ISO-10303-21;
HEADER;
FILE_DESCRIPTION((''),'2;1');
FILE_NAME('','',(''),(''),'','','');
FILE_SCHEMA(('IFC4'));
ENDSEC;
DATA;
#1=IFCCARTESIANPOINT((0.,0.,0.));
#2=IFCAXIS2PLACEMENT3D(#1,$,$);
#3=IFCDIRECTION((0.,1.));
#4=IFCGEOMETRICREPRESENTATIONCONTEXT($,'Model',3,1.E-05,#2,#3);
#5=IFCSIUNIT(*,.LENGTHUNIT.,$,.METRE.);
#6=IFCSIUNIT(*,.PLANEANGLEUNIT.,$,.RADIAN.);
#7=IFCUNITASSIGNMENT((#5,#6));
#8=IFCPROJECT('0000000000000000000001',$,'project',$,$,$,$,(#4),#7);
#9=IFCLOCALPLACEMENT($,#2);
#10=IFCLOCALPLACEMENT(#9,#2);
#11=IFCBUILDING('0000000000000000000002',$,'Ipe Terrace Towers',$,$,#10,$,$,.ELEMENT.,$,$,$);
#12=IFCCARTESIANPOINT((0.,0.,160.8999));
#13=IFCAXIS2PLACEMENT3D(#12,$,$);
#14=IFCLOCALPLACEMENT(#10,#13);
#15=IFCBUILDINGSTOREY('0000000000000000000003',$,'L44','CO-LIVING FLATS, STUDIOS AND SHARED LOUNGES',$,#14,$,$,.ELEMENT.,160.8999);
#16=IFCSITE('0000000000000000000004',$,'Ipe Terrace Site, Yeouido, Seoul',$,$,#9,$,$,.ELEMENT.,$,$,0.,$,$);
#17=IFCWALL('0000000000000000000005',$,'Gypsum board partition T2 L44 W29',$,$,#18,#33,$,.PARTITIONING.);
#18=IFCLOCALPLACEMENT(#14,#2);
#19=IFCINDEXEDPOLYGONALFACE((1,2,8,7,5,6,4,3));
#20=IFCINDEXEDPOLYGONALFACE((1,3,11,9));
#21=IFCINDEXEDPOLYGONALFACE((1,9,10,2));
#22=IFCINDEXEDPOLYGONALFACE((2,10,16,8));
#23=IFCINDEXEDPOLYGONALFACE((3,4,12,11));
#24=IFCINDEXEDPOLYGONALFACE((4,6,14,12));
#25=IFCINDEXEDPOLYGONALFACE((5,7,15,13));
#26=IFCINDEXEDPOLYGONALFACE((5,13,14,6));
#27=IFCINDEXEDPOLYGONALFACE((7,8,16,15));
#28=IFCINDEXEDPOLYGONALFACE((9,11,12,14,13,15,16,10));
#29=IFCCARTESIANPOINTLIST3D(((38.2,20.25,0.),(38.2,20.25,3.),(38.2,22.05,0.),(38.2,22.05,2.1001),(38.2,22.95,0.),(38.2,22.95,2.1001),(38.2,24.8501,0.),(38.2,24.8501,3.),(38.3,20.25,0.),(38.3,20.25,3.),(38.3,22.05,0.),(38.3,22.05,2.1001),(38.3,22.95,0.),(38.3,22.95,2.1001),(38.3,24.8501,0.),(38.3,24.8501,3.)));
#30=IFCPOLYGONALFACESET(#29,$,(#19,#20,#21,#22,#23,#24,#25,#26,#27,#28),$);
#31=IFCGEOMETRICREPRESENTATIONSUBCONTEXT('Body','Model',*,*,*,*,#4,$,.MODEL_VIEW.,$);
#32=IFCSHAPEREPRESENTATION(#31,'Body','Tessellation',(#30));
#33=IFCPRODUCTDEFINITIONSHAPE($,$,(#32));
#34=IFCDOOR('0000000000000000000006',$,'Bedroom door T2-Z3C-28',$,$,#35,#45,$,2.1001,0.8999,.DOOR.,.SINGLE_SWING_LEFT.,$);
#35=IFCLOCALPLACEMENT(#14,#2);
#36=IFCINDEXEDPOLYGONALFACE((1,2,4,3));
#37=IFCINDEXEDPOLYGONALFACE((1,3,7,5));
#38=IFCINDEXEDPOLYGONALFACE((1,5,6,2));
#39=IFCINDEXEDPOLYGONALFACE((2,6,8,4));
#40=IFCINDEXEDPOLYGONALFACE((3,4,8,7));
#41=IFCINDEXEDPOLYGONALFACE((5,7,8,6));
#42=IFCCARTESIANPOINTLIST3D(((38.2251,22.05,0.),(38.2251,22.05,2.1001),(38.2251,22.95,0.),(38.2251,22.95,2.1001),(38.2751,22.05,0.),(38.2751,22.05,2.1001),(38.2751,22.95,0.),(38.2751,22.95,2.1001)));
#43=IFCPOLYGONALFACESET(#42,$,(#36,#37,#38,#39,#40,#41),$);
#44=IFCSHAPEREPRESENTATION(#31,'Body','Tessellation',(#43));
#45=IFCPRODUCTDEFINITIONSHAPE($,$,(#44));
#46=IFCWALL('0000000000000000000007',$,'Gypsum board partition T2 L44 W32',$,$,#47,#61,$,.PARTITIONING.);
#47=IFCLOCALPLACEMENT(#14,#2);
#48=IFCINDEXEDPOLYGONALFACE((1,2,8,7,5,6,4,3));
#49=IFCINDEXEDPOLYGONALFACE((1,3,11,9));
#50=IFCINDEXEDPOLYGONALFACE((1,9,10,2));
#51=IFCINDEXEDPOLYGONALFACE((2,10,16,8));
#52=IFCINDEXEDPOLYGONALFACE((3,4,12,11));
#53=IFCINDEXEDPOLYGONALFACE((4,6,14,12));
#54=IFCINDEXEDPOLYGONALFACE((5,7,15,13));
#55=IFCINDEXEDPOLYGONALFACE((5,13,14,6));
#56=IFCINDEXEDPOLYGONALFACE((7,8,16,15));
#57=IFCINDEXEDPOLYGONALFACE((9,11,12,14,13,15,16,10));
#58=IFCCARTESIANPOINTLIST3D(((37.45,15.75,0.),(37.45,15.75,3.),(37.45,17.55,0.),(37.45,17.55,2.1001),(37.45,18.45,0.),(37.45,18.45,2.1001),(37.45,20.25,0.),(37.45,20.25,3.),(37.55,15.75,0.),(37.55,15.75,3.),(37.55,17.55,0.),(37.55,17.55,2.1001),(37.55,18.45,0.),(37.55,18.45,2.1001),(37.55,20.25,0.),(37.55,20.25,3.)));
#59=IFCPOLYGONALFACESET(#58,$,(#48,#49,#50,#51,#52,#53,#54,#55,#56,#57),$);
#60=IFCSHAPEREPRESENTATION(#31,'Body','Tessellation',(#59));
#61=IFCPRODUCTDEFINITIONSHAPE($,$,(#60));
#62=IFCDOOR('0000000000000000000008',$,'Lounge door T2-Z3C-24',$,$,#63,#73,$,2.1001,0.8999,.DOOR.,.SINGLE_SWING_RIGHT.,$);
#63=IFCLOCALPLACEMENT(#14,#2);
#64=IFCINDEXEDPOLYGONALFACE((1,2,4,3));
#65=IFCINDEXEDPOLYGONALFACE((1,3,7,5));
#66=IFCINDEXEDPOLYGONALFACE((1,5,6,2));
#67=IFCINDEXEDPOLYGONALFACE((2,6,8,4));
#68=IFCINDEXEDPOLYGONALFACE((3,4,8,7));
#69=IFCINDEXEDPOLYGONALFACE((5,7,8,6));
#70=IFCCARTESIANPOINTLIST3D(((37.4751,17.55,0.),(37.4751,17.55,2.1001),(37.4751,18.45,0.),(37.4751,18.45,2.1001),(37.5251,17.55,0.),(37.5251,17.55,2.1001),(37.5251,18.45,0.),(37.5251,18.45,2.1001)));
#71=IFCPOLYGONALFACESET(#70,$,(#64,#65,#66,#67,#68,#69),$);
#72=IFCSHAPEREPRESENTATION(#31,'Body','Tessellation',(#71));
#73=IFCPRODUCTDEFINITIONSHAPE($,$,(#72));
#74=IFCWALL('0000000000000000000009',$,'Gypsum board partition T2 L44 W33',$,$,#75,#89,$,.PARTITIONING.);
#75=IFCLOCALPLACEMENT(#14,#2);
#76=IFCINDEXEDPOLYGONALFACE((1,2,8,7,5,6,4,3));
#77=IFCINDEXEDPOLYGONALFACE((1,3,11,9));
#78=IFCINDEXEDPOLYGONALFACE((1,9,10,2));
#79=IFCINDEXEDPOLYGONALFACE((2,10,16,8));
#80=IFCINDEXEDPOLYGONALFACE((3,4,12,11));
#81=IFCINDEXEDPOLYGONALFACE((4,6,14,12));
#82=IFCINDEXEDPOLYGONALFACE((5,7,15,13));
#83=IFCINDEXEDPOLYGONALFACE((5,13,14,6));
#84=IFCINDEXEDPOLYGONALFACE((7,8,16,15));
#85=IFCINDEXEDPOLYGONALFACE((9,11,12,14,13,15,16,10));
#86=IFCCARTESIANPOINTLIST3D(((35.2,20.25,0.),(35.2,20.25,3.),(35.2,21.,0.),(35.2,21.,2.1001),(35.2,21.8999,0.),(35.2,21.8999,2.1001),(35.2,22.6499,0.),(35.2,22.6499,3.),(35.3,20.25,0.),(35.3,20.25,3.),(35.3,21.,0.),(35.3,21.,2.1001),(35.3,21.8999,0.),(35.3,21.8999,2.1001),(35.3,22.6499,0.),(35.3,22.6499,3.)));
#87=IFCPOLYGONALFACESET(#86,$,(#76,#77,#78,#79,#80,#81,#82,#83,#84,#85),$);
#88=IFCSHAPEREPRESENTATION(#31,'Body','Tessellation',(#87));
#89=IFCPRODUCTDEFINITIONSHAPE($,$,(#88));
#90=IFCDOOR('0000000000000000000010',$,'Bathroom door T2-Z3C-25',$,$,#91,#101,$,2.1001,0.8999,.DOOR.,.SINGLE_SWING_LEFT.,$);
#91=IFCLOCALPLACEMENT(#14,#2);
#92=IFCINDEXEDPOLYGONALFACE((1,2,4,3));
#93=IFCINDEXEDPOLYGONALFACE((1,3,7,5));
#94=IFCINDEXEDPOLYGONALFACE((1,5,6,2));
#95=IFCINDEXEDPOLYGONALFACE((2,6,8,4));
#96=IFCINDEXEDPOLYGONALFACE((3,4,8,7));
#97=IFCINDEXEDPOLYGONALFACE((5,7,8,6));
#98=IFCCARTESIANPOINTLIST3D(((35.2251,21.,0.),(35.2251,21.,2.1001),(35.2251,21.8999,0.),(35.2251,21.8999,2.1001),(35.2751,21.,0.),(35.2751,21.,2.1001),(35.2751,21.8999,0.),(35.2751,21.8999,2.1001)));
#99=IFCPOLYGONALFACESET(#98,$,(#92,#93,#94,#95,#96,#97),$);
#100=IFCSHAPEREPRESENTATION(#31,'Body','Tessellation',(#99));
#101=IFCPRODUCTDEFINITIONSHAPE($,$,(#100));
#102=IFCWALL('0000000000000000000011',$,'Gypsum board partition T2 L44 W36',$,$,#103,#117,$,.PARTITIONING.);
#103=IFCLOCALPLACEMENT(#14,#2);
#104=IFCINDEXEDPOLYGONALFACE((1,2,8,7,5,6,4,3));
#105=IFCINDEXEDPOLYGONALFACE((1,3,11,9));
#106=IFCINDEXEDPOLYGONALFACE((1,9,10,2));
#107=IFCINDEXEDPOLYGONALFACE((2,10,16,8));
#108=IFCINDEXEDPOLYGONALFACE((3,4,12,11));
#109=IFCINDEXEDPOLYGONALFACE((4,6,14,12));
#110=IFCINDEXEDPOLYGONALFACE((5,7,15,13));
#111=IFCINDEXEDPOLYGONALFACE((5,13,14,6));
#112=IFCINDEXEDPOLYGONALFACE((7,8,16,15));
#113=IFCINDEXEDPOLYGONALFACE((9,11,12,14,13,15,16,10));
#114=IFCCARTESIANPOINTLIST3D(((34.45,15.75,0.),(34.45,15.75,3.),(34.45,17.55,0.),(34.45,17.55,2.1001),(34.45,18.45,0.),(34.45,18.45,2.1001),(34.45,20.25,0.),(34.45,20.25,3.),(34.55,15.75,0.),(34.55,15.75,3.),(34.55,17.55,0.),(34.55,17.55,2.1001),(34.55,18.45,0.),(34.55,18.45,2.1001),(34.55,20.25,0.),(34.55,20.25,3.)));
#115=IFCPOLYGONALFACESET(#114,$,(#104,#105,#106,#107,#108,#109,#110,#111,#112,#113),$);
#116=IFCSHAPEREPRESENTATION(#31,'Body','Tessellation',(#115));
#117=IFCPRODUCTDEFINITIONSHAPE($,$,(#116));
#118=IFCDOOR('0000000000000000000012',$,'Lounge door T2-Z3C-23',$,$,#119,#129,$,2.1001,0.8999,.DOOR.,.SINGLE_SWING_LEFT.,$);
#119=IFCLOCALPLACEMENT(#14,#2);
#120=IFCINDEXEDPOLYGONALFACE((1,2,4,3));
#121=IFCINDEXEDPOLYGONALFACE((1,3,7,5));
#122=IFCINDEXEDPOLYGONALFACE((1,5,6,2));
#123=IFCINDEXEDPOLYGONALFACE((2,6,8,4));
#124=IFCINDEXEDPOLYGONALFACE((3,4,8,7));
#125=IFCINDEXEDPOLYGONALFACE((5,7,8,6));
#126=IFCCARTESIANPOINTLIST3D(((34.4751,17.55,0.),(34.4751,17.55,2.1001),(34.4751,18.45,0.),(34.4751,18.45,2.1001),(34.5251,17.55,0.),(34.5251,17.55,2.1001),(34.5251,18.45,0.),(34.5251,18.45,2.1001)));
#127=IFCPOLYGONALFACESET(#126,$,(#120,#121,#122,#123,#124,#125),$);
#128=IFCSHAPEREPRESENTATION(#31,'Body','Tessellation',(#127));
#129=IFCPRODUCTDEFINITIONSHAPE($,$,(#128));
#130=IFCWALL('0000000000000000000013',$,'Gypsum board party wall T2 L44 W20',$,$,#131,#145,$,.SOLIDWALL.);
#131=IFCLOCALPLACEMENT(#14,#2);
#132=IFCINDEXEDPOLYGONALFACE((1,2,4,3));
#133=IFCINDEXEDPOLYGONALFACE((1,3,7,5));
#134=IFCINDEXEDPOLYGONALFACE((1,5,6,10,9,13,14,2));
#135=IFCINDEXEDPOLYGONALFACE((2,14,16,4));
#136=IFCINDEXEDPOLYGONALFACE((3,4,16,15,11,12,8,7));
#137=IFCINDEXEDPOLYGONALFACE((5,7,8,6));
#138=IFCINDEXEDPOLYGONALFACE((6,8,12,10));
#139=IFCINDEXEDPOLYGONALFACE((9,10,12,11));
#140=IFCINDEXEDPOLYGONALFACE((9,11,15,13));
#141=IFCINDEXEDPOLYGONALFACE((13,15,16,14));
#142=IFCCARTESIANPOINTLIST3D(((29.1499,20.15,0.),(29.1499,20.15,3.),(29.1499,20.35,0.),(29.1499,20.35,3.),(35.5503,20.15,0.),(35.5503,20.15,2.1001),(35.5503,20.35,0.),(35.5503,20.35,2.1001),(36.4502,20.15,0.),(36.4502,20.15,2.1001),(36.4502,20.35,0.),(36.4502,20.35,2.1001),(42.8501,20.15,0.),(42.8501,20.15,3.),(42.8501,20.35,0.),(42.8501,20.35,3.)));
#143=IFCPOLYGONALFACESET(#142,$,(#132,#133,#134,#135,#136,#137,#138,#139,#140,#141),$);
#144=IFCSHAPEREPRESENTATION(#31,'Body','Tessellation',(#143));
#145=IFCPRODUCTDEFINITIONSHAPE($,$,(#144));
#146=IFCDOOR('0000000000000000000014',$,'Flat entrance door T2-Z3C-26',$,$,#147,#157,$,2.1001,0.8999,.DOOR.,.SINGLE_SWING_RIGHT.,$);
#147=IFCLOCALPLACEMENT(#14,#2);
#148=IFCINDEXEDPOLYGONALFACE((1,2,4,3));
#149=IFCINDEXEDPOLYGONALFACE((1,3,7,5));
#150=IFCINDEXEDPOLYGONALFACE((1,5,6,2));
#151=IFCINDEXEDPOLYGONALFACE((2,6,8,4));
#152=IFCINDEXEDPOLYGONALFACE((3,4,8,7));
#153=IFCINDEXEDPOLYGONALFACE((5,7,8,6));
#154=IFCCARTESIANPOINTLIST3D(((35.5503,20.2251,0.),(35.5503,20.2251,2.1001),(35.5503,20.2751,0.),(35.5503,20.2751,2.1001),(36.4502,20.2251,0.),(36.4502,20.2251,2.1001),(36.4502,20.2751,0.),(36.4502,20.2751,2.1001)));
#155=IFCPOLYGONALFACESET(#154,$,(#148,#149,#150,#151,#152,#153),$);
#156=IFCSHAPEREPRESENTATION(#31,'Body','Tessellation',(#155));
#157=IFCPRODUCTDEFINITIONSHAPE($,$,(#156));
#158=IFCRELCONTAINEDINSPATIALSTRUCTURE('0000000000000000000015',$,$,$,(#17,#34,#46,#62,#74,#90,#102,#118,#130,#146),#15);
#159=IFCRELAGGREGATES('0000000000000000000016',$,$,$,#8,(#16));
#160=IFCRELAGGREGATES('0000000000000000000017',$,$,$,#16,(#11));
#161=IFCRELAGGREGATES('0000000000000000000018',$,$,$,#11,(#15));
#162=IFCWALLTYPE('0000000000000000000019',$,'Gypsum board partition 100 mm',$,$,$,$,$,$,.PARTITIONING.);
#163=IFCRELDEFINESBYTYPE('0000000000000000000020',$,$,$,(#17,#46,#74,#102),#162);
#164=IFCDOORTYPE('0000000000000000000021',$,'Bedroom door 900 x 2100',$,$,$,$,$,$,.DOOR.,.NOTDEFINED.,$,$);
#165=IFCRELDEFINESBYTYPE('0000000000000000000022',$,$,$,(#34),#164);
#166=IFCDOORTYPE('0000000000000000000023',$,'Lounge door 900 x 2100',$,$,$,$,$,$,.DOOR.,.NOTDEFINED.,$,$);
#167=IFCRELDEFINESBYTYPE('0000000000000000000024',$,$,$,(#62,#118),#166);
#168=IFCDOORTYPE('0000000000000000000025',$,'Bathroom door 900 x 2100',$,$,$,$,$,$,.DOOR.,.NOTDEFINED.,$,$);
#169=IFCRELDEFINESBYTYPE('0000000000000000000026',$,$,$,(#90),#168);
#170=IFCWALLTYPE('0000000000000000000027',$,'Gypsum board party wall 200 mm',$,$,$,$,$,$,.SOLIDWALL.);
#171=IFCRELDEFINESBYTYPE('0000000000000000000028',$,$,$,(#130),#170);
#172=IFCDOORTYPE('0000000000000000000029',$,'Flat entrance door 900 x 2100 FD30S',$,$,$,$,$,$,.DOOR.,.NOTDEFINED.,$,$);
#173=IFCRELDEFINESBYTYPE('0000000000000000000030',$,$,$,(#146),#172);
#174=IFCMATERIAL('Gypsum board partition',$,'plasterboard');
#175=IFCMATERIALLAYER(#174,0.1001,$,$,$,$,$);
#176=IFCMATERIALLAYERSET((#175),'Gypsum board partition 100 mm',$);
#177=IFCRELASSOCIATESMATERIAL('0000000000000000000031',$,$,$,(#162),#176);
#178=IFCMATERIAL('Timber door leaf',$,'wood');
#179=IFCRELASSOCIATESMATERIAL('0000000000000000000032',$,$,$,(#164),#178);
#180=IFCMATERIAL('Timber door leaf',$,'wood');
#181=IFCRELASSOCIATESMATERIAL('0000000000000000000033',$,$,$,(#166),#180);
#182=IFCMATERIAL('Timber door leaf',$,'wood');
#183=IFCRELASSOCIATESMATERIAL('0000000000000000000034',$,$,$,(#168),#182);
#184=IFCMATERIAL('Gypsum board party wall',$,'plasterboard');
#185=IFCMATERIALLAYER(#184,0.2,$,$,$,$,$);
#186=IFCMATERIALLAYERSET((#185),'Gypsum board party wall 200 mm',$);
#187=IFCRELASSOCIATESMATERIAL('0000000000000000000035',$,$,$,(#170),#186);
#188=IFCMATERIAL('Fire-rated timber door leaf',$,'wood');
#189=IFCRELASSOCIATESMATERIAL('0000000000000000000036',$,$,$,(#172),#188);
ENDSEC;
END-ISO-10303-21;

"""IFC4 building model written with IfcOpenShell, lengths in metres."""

from ifc_helpers import new_model, si_unit, direction, frame, frame_2d, origin, place, context, subcontext, project, spatial, rectangle, extrude, material, layer, layer_set, type_object, element, fill, save


model = new_model("IFC4")

# Units and contexts
model_context = context("Model", 3, precision=1e-05, world=origin(), true_north=direction((0.0, 1.0)))
body_context = subcontext(model_context, "Body", "Model", "MODEL_VIEW")
ifc_project = project(units=[si_unit("LENGTHUNIT", "METRE"), si_unit("PLANEANGLEUNIT", "RADIAN")], contexts=[model_context])

# Site, building, storey
site_placement = place(None, origin())
site = spatial("IfcSite", under=ifc_project, at=site_placement, Name="Ipe Terrace Site, Yeouido, Seoul", CompositionType="ELEMENT", RefElevation=0.0)
building_placement = place(site_placement, origin())
building = spatial("IfcBuilding", under=site, at=building_placement, Name="Ipe Terrace Towers", CompositionType="ELEMENT")
storey_placement = place(building_placement, frame((0.0, 0.0, 160.8999)))
storey = spatial("IfcBuildingStorey", under=building, at=storey_placement, Name="L44", Description="CO-LIVING FLATS, STUDIOS AND SHARED LOUNGES", CompositionType="ELEMENT", Elevation=160.8999)

# Shared definitions
ifc_material_1 = material(Name="Gypsum board partition", Category="plasterboard")
ifc_layer_1 = layer(ifc_material_1, 0.1001)
ifc_layer_set_1 = layer_set([ifc_layer_1], Name="Gypsum board partition 100 mm")
wall_type_1 = type_object("IfcWallType", Name="Gypsum board partition 100 mm", PredefinedType="PARTITIONING", material=ifc_layer_set_1)

# Walls, openings, doors
wall_1_placement = place(storey_placement, frame((38.25, 20.25, 0.0), z_axis=(0.0, 0.0, 1.0), x_axis=(0.0, 1.0, 0.0)))
wall_1 = element("IfcWall", 1, at=wall_1_placement, inside=storey, type_object=wall_type_1, Name="Gypsum board partition T2 L44 W29", PredefinedType="PARTITIONING", context=body_context, shape_type="SweptSolid", body=[
    extrude(rectangle(XDim=4.6001, YDim=0.1001, at=frame_2d((2.3, 0.0))), origin(), (0.0, 0.0, 1.0), 3.0),
])
opening_1_placement = place(wall_1_placement, frame((1.8, 0.0, 0.0)))
opening_1 = element("IfcOpeningElement", 2, at=opening_1_placement, cuts=wall_1, PredefinedType="OPENING", context=body_context, shape_type="SweptSolid", body=[
    extrude(rectangle(XDim=0.8999, YDim=2.1001, at=frame_2d((0.45, 1.05))), frame((0.0, 0.0601, 0.0), z_axis=(0.0, -1.0, 0.0), x_axis=(1.0, 0.0, 0.0)), (0.0, 0.0, 1.0), 0.1201),
])
ifc_material_2 = material(Name="Timber door leaf", Category="wood")
door_type_1 = type_object("IfcDoorType", Name="Bedroom door 900 x 2100", OperationType="NOTDEFINED", PredefinedType="DOOR", material=ifc_material_2)
door_1_placement = place(opening_1_placement, origin())
door_1 = element("IfcDoor", 3, at=door_1_placement, inside=storey, type_object=door_type_1, Name="Bedroom door T2-Z3C-28", OperationType="SINGLE_SWING_LEFT", OverallHeight=2.1001, OverallWidth=0.8999, PredefinedType="DOOR", context=body_context, shape_type="SweptSolid", body=[
    extrude(rectangle(XDim=0.8999, YDim=2.1001, at=frame_2d((0.45, 1.05))), frame((0.0, 0.0249, 0.0), z_axis=(0.0, -1.0, 0.0), x_axis=(1.0, 0.0, 0.0)), (0.0, 0.0, 1.0), 0.05),
])
fill(opening_1, door_1)
wall_2_placement = place(storey_placement, frame((37.5, 15.75, 0.0), z_axis=(0.0, 0.0, 1.0), x_axis=(0.0, 1.0, 0.0)))
wall_2 = element("IfcWall", 4, at=wall_2_placement, inside=storey, type_object=wall_type_1, Name="Gypsum board partition T2 L44 W32", PredefinedType="PARTITIONING", context=body_context, shape_type="SweptSolid", body=[
    extrude(rectangle(XDim=4.5, YDim=0.1001, at=frame_2d((2.25, 0.0))), origin(), (0.0, 0.0, 1.0), 3.0),
])
opening_2_placement = place(wall_2_placement, frame((1.8, 0.0, 0.0)))
opening_2 = element("IfcOpeningElement", 5, at=opening_2_placement, cuts=wall_2, PredefinedType="OPENING", context=body_context, shape_type="SweptSolid", body=[
    extrude(rectangle(XDim=0.8999, YDim=2.1001, at=frame_2d((0.45, 1.05))), frame((0.0, 0.0601, 0.0), z_axis=(0.0, -1.0, 0.0), x_axis=(1.0, 0.0, 0.0)), (0.0, 0.0, 1.0), 0.1201),
])
ifc_material_3 = material(Name="Timber door leaf", Category="wood")
door_type_2 = type_object("IfcDoorType", Name="Lounge door 900 x 2100", OperationType="NOTDEFINED", PredefinedType="DOOR", material=ifc_material_3)
door_2_placement = place(opening_2_placement, origin())
door_2 = element("IfcDoor", 6, at=door_2_placement, inside=storey, type_object=door_type_2, Name="Lounge door T2-Z3C-24", OperationType="SINGLE_SWING_RIGHT", OverallHeight=2.1001, OverallWidth=0.8999, PredefinedType="DOOR", context=body_context, shape_type="SweptSolid", body=[
    extrude(rectangle(XDim=0.8999, YDim=2.1001, at=frame_2d((0.45, 1.05))), frame((0.0, 0.0249, 0.0), z_axis=(0.0, -1.0, 0.0), x_axis=(1.0, 0.0, 0.0)), (0.0, 0.0, 1.0), 0.05),
])
fill(opening_2, door_2)
wall_3_placement = place(storey_placement, frame((35.25, 20.25, 0.0), z_axis=(0.0, 0.0, 1.0), x_axis=(0.0, 1.0, 0.0)))
wall_3 = element("IfcWall", 7, at=wall_3_placement, inside=storey, type_object=wall_type_1, Name="Gypsum board partition T2 L44 W33", PredefinedType="PARTITIONING", context=body_context, shape_type="SweptSolid", body=[
    extrude(rectangle(XDim=2.3999, YDim=0.1001, at=frame_2d((1.2, 0.0))), origin(), (0.0, 0.0, 1.0), 3.0),
])
opening_3_placement = place(wall_3_placement, frame((0.75, 0.0, 0.0)))
opening_3 = element("IfcOpeningElement", 8, at=opening_3_placement, cuts=wall_3, PredefinedType="OPENING", context=body_context, shape_type="SweptSolid", body=[
    extrude(rectangle(XDim=0.8999, YDim=2.1001, at=frame_2d((0.45, 1.05))), frame((0.0, 0.0601, 0.0), z_axis=(0.0, -1.0, 0.0), x_axis=(1.0, 0.0, 0.0)), (0.0, 0.0, 1.0), 0.1201),
])
ifc_material_4 = material(Name="Timber door leaf", Category="wood")
door_type_3 = type_object("IfcDoorType", Name="Bathroom door 900 x 2100", OperationType="NOTDEFINED", PredefinedType="DOOR", material=ifc_material_4)
door_3_placement = place(opening_3_placement, origin())
door_3 = element("IfcDoor", 9, at=door_3_placement, inside=storey, type_object=door_type_3, Name="Bathroom door T2-Z3C-25", OperationType="SINGLE_SWING_LEFT", OverallHeight=2.1001, OverallWidth=0.8999, PredefinedType="DOOR", context=body_context, shape_type="SweptSolid", body=[
    extrude(rectangle(XDim=0.8999, YDim=2.1001, at=frame_2d((0.45, 1.05))), frame((0.0, 0.0249, 0.0), z_axis=(0.0, -1.0, 0.0), x_axis=(1.0, 0.0, 0.0)), (0.0, 0.0, 1.0), 0.05),
])
fill(opening_3, door_3)
wall_4_placement = place(storey_placement, frame((34.5, 15.75, 0.0), z_axis=(0.0, 0.0, 1.0), x_axis=(0.0, 1.0, 0.0)))
wall_4 = element("IfcWall", 10, at=wall_4_placement, inside=storey, type_object=wall_type_1, Name="Gypsum board partition T2 L44 W36", PredefinedType="PARTITIONING", context=body_context, shape_type="SweptSolid", body=[
    extrude(rectangle(XDim=4.5, YDim=0.1001, at=frame_2d((2.25, 0.0))), origin(), (0.0, 0.0, 1.0), 3.0),
])
opening_4_placement = place(wall_4_placement, frame((1.8, 0.0, 0.0)))
opening_4 = element("IfcOpeningElement", 11, at=opening_4_placement, cuts=wall_4, PredefinedType="OPENING", context=body_context, shape_type="SweptSolid", body=[
    extrude(rectangle(XDim=0.8999, YDim=2.1001, at=frame_2d((0.45, 1.05))), frame((0.0, 0.0601, 0.0), z_axis=(0.0, -1.0, 0.0), x_axis=(1.0, 0.0, 0.0)), (0.0, 0.0, 1.0), 0.1201),
])
door_4_placement = place(opening_4_placement, origin())
door_4 = element("IfcDoor", 12, at=door_4_placement, inside=storey, type_object=door_type_2, Name="Lounge door T2-Z3C-23", OperationType="SINGLE_SWING_LEFT", OverallHeight=2.1001, OverallWidth=0.8999, PredefinedType="DOOR", context=body_context, shape_type="SweptSolid", body=[
    extrude(rectangle(XDim=0.8999, YDim=2.1001, at=frame_2d((0.45, 1.05))), frame((0.0, 0.0249, 0.0), z_axis=(0.0, -1.0, 0.0), x_axis=(1.0, 0.0, 0.0)), (0.0, 0.0, 1.0), 0.05),
])
fill(opening_4, door_4)
ifc_material_5 = material(Name="Gypsum board party wall", Category="plasterboard")
ifc_layer_2 = layer(ifc_material_5, 0.2)
ifc_layer_set_2 = layer_set([ifc_layer_2], Name="Gypsum board party wall 200 mm")
wall_type_2 = type_object("IfcWallType", Name="Gypsum board party wall 200 mm", PredefinedType="SOLIDWALL", material=ifc_layer_set_2)
wall_5_placement = place(storey_placement, frame((42.8501, 20.25, 0.0), z_axis=(0.0, 0.0, 1.0), x_axis=(-1.0, 0.0, 0.0)))
wall_5 = element("IfcWall", 13, at=wall_5_placement, inside=storey, type_object=wall_type_2, Name="Gypsum board party wall T2 L44 W20", PredefinedType="SOLIDWALL", context=body_context, shape_type="SweptSolid", body=[
    extrude(rectangle(XDim=13.7002, YDim=0.2, at=frame_2d((6.8501, 0.0))), origin(), (0.0, 0.0, 1.0), 3.0),
])
opening_5_placement = place(wall_5_placement, frame((6.3999, 0.0, 0.0)))
opening_5 = element("IfcOpeningElement", 14, at=opening_5_placement, cuts=wall_5, PredefinedType="OPENING", context=body_context, shape_type="SweptSolid", body=[
    extrude(rectangle(XDim=0.8999, YDim=2.1001, at=frame_2d((0.45, 1.05))), frame((0.0, 0.1099, 0.0), z_axis=(0.0, -1.0, 0.0), x_axis=(1.0, 0.0, 0.0)), (0.0, 0.0, 1.0), 0.22),
])
ifc_material_6 = material(Name="Fire-rated timber door leaf", Category="wood")
door_type_4 = type_object("IfcDoorType", Name="Flat entrance door 900 x 2100 FD30S", OperationType="NOTDEFINED", PredefinedType="DOOR", material=ifc_material_6)
door_5_placement = place(opening_5_placement, origin())
door_5 = element("IfcDoor", 15, at=door_5_placement, inside=storey, type_object=door_type_4, Name="Flat entrance door T2-Z3C-26", OperationType="SINGLE_SWING_RIGHT", OverallHeight=2.1001, OverallWidth=0.8999, PredefinedType="DOOR", context=body_context, shape_type="SweptSolid", body=[
    extrude(rectangle(XDim=0.8999, YDim=2.1001, at=frame_2d((0.45, 1.05))), frame((0.0, 0.0249, 0.0), z_axis=(0.0, -1.0, 0.0), x_axis=(1.0, 0.0, 0.0)), (0.0, 0.0, 1.0), 0.05),
])
fill(opening_5, door_5)

save(model, "model.ifc")
